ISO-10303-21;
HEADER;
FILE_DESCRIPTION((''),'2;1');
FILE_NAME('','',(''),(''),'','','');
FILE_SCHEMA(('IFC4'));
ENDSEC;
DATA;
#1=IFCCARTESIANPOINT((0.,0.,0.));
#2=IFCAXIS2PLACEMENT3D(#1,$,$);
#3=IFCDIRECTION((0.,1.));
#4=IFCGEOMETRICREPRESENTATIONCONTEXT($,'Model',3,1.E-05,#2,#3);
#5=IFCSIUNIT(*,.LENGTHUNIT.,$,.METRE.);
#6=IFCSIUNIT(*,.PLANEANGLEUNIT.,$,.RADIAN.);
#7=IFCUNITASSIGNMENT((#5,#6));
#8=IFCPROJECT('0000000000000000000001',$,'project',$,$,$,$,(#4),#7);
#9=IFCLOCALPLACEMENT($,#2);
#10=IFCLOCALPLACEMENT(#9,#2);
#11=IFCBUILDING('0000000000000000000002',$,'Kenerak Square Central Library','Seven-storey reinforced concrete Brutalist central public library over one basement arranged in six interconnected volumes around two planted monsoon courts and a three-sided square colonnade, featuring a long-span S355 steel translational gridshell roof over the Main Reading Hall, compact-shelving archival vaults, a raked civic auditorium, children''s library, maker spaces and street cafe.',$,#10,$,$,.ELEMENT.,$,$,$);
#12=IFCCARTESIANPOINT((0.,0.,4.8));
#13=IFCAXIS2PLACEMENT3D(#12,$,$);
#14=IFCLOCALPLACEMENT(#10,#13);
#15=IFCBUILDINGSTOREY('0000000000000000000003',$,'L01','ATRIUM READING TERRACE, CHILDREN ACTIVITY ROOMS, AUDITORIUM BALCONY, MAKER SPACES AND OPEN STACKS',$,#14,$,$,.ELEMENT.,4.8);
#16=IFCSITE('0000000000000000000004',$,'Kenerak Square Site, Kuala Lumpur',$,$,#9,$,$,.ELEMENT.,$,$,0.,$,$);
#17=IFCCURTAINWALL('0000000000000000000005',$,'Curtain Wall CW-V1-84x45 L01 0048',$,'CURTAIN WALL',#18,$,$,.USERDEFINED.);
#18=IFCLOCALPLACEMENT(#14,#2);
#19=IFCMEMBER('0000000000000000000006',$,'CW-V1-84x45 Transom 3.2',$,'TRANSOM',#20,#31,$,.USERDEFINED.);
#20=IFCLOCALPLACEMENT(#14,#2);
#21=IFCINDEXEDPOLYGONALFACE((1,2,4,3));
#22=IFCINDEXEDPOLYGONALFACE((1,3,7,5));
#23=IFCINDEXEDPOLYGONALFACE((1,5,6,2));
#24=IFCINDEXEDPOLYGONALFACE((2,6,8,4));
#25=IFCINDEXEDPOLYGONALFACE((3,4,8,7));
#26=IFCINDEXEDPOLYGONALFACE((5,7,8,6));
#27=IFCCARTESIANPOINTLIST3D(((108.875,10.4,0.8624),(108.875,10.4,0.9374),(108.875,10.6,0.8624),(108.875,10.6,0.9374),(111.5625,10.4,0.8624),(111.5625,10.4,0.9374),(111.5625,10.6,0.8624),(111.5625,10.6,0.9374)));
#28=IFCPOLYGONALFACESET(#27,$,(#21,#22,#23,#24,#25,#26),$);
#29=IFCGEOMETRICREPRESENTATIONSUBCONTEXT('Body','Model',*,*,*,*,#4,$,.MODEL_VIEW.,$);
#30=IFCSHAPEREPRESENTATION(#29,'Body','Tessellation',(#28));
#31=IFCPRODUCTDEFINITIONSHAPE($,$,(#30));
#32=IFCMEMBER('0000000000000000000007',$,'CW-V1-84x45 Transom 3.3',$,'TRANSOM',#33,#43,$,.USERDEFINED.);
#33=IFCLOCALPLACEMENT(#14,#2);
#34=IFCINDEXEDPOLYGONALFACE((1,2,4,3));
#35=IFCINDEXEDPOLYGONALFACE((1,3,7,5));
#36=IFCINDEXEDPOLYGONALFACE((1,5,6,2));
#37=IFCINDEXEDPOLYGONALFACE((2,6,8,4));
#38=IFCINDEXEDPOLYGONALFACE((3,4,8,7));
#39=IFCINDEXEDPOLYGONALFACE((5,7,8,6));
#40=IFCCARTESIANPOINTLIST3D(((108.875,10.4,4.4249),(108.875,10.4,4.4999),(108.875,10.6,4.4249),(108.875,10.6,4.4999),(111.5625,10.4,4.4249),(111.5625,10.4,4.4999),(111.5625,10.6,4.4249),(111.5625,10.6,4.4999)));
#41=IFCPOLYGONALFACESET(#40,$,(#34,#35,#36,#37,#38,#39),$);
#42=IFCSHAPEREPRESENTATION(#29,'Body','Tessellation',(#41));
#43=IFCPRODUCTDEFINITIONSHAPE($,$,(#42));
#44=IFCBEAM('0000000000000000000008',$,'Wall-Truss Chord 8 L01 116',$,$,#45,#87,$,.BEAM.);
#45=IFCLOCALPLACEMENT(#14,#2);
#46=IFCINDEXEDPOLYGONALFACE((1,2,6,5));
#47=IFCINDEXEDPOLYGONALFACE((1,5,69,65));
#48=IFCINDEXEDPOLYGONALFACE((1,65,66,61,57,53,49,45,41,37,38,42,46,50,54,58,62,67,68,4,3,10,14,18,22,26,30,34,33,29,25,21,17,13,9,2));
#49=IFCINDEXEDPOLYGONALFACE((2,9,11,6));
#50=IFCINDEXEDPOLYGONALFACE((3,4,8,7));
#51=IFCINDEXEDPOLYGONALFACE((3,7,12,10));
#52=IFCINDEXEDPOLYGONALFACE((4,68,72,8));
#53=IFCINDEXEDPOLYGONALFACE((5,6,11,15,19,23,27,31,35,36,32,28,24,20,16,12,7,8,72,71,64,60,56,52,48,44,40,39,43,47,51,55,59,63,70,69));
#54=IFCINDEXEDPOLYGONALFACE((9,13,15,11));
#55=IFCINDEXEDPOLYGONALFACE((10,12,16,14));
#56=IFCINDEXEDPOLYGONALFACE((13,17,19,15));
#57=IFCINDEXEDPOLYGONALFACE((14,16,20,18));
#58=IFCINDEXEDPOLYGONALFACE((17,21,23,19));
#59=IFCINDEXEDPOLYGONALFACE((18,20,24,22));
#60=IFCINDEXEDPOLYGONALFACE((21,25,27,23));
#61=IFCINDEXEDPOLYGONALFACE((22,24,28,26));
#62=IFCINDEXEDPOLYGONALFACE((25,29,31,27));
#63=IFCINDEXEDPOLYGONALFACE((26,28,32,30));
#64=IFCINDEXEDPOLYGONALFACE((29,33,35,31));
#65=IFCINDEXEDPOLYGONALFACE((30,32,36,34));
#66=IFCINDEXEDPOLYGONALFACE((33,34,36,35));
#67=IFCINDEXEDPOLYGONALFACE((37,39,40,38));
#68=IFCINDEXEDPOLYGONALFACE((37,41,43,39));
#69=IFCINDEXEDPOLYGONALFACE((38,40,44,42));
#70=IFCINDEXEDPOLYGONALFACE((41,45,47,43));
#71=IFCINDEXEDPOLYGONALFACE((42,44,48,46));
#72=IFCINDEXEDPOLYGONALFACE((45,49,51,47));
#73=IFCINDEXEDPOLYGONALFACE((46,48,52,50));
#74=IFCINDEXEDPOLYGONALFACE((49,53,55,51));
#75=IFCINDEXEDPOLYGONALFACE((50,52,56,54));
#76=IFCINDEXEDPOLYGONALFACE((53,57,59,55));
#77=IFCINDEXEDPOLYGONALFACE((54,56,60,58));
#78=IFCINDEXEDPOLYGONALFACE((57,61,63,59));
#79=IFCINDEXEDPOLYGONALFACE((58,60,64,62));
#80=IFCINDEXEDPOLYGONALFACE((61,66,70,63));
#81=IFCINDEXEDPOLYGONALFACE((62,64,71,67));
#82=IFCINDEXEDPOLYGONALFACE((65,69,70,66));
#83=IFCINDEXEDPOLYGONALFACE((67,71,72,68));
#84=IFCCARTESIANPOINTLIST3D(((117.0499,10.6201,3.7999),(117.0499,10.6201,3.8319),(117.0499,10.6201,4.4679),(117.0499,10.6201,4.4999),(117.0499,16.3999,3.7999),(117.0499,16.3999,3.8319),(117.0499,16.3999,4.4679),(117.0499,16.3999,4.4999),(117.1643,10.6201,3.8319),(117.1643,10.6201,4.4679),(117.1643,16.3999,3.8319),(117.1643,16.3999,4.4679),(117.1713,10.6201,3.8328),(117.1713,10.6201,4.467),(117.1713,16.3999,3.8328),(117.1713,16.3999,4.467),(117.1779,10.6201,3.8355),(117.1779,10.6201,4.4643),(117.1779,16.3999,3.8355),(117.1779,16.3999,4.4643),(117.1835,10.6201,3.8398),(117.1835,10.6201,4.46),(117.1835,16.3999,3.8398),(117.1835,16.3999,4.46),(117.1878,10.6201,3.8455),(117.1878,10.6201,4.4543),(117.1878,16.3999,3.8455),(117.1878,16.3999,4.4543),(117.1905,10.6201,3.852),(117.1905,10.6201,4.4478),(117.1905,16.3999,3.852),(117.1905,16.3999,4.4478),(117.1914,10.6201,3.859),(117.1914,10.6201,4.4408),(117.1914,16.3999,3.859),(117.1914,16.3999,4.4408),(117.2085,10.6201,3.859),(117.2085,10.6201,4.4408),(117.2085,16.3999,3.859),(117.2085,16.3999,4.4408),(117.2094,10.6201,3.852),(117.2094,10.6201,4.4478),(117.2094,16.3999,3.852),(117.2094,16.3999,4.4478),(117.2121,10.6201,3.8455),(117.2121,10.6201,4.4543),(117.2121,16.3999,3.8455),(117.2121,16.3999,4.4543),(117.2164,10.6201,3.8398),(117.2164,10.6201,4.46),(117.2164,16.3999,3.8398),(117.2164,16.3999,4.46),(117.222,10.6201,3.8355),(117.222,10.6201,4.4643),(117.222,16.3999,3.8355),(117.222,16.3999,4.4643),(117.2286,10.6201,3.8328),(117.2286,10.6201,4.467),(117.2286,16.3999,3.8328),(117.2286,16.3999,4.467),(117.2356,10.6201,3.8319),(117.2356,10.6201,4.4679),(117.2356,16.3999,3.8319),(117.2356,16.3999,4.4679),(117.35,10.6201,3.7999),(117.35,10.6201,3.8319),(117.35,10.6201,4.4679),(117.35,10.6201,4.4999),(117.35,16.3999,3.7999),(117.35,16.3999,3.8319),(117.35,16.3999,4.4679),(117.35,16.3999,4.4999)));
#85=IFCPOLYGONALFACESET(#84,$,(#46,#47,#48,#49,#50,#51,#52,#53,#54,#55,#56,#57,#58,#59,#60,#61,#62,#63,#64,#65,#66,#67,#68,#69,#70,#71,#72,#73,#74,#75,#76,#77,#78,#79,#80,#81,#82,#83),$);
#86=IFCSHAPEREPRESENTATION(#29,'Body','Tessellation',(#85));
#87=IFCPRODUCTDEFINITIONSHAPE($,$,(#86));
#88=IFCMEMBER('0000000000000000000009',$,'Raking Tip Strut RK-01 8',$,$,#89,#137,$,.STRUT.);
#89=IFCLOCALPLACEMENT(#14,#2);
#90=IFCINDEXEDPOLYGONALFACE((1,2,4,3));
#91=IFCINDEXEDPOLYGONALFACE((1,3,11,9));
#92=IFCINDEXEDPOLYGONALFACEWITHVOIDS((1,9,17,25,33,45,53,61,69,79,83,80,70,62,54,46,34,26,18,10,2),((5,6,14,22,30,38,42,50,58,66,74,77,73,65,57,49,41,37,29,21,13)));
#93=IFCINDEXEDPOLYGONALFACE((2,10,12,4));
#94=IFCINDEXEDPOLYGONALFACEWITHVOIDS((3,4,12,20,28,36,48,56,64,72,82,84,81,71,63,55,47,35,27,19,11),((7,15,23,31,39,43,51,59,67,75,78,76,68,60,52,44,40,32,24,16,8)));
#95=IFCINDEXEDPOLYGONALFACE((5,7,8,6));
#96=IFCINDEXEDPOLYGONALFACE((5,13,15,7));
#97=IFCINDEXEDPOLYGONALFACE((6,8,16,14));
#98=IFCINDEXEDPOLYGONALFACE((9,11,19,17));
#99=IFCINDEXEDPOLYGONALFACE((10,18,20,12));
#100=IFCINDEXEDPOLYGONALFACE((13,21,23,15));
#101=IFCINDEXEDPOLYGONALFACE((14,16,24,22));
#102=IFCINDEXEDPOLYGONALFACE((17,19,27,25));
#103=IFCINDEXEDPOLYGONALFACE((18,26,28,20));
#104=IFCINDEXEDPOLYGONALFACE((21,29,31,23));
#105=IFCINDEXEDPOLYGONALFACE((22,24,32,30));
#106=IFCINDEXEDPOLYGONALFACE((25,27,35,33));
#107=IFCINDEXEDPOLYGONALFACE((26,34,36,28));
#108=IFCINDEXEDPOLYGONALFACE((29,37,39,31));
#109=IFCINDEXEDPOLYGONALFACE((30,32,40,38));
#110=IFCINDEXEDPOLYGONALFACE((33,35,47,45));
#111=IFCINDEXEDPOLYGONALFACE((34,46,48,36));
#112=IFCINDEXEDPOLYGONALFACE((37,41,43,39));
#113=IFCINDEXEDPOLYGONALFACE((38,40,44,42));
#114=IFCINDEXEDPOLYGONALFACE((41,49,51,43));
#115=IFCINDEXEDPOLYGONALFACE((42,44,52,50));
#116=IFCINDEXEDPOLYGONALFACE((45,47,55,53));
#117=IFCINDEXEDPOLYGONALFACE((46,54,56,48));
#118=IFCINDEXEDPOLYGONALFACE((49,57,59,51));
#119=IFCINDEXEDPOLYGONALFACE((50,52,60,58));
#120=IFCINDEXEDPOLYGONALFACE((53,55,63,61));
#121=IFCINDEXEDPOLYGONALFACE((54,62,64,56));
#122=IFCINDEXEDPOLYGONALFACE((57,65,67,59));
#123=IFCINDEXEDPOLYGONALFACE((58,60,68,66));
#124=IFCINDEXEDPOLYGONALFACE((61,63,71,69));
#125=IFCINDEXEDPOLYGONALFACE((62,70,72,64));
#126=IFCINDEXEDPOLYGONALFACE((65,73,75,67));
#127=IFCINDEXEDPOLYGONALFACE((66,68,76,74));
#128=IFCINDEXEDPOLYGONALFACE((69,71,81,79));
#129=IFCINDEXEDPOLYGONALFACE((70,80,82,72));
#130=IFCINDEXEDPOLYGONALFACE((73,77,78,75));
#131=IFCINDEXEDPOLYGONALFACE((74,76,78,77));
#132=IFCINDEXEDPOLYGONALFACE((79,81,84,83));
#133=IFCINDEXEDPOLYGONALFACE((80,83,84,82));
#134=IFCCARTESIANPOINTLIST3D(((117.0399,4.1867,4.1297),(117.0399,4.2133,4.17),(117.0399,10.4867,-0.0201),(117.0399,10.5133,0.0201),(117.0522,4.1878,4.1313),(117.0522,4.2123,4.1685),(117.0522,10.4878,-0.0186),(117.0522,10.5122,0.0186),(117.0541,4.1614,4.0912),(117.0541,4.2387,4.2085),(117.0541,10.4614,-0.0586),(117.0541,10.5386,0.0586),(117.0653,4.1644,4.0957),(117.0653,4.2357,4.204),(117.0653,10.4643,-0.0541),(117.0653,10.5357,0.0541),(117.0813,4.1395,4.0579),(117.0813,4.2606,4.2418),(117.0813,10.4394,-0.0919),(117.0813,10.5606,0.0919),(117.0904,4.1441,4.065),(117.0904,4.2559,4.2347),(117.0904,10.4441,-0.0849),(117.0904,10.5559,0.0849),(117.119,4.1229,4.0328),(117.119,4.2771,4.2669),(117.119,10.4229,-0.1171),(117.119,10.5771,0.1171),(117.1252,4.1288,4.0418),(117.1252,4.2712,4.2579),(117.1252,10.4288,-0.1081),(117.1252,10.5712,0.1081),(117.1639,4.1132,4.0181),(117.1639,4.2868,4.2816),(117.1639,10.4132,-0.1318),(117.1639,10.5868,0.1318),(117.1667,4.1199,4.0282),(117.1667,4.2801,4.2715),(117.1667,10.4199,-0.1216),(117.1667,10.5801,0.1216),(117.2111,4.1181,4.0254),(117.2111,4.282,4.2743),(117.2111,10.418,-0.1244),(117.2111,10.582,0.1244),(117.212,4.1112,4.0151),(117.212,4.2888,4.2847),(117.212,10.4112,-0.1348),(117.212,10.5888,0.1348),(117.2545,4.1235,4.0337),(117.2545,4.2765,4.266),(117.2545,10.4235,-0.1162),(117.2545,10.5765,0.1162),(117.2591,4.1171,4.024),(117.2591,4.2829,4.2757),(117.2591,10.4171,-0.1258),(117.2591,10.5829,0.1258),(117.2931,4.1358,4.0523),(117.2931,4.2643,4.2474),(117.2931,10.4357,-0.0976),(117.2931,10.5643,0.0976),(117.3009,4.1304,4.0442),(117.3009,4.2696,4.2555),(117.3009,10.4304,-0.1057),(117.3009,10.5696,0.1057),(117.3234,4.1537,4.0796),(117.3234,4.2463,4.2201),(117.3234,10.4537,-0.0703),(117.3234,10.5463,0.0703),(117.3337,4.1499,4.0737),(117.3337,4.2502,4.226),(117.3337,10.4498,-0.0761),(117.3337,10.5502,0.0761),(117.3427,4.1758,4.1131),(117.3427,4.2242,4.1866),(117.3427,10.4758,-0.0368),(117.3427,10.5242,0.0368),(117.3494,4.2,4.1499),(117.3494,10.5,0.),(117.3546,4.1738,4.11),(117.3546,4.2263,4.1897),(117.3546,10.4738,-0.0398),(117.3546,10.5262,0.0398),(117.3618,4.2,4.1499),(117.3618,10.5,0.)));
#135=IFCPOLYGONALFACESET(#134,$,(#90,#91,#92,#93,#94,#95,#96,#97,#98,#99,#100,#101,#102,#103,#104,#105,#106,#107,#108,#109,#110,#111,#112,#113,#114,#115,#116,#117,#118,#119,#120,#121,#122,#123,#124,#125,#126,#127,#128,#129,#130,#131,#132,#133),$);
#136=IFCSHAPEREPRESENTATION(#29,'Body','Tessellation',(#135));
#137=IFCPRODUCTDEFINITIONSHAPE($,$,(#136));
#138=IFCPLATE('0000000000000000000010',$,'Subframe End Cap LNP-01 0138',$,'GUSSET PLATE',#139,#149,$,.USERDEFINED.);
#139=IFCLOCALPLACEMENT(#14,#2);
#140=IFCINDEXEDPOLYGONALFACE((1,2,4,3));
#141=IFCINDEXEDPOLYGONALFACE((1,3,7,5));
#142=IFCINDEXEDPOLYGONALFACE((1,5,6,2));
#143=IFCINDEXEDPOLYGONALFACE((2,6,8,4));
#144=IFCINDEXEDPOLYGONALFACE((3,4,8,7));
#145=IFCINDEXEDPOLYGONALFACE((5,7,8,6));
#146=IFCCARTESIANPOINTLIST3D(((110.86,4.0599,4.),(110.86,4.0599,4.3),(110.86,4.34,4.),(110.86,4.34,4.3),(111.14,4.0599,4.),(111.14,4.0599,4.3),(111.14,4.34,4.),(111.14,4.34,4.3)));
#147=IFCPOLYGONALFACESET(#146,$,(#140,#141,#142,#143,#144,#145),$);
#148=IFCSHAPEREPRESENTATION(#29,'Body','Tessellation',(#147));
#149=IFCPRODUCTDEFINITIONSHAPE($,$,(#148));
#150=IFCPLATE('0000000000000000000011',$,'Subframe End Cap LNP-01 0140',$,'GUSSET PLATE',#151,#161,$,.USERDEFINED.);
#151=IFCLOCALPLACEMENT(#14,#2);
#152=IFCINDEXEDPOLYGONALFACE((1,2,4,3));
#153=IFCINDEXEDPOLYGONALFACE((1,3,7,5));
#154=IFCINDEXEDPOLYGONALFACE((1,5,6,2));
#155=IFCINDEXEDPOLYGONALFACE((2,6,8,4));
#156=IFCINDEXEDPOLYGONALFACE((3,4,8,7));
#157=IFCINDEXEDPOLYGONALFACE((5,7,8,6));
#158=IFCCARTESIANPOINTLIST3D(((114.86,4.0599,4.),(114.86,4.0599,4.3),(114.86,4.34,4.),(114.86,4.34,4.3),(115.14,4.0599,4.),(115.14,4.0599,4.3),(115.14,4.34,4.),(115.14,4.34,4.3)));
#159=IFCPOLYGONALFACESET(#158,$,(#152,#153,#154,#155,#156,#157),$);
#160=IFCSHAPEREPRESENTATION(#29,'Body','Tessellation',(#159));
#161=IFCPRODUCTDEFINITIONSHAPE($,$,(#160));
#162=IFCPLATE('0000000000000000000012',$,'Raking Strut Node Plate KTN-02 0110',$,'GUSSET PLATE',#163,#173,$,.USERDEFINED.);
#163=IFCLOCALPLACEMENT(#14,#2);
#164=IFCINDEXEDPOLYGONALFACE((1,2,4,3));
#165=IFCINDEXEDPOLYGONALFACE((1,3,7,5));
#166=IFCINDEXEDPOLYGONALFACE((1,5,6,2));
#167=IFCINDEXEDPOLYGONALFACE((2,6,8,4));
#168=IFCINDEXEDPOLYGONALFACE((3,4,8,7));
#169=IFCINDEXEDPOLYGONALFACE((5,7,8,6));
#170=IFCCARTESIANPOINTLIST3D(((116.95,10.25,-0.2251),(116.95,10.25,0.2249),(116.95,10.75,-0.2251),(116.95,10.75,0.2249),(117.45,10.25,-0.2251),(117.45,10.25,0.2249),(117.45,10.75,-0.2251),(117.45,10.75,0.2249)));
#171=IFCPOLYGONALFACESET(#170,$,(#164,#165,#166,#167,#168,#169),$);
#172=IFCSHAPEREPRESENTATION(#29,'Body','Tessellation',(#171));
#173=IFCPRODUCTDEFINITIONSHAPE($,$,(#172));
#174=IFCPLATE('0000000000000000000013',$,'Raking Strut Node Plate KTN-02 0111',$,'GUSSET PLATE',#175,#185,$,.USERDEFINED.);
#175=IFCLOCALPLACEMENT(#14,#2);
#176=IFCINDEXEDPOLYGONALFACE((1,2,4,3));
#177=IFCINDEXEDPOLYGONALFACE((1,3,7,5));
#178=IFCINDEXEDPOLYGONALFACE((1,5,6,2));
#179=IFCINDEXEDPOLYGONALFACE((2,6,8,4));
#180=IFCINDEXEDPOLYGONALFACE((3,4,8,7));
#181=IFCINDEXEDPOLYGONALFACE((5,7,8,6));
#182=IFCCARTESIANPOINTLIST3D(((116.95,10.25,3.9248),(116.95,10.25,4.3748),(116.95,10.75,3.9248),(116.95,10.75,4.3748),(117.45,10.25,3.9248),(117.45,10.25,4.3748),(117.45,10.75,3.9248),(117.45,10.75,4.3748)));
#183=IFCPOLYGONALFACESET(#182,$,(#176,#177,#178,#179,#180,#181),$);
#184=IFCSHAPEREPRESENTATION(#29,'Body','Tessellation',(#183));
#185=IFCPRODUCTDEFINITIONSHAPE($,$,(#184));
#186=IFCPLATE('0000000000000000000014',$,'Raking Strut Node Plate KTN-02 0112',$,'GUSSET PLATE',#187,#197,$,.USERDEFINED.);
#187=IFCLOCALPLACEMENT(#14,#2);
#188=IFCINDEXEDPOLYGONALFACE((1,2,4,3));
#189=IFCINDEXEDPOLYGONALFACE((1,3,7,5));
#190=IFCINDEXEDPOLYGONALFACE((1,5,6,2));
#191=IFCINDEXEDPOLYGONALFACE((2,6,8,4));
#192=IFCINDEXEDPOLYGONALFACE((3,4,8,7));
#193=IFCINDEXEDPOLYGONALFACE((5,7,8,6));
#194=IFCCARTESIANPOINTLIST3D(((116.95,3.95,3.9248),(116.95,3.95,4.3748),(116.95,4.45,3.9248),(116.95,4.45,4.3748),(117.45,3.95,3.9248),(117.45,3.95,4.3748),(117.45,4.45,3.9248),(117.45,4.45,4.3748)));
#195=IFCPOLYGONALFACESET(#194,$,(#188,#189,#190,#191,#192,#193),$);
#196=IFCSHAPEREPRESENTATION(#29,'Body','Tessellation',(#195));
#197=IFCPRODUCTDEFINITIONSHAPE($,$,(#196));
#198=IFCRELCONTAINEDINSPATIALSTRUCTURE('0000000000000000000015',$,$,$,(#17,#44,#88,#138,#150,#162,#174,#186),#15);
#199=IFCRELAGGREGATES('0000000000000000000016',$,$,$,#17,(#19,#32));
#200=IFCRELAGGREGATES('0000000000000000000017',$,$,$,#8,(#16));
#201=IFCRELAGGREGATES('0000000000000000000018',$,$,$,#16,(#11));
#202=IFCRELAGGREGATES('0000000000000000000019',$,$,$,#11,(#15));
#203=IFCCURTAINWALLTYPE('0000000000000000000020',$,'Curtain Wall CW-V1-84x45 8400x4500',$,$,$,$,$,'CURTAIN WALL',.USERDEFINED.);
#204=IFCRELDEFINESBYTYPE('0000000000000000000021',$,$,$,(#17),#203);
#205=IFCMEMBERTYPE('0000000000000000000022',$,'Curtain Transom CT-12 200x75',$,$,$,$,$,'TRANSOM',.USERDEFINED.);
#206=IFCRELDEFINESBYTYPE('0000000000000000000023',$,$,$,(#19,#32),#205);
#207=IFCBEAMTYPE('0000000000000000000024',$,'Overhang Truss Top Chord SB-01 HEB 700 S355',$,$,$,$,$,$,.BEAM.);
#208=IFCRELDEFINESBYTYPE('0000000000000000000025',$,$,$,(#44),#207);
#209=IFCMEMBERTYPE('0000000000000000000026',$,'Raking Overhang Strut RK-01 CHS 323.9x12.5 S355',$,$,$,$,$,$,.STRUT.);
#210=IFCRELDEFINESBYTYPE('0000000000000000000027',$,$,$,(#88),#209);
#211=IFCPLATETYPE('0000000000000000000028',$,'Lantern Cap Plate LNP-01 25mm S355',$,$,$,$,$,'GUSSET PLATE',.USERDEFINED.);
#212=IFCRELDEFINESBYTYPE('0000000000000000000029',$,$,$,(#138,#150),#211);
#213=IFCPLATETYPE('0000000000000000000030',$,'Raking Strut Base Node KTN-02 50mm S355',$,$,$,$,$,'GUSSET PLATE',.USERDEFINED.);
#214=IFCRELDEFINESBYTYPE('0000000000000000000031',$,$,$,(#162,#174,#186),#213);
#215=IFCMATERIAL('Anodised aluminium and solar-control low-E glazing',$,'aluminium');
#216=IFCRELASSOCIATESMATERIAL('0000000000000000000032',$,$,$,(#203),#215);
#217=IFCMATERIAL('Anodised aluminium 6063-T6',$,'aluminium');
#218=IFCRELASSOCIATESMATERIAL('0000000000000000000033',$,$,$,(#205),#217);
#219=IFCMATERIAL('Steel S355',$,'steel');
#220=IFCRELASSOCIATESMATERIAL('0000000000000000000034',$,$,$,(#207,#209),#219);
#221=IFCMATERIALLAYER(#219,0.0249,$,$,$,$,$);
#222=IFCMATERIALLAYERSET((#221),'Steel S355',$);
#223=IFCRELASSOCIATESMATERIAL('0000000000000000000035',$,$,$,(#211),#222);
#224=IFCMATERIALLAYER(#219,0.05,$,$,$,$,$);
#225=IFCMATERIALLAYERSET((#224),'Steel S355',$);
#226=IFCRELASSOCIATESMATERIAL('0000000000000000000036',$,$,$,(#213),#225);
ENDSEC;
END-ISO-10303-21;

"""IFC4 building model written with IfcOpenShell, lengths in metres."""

from ifc_helpers import new_model, si_unit, direction, frame, origin, origin_2d, place, context, subcontext, project, spatial, rectangle, hollow_circle, i_section, extrude, material, layer, layer_set, material_profile, profile_set, type_object, element, aggregate, save


model = new_model("IFC4")

# Units and contexts
model_context = context("Model", 3, precision=1e-05, world=origin(), true_north=direction((0.0, 1.0)))
body_context = subcontext(model_context, "Body", "Model", "MODEL_VIEW")
ifc_project = project(units=[si_unit("LENGTHUNIT", "METRE"), si_unit("PLANEANGLEUNIT", "RADIAN")], contexts=[model_context])

# Site, building, storey
site_placement = place(None, origin())
site = spatial("IfcSite", under=ifc_project, at=site_placement, Name="Kenerak Square Site, Kuala Lumpur", CompositionType="ELEMENT", RefElevation=0.0)
building_placement = place(site_placement, origin())
building = spatial("IfcBuilding", under=site, at=building_placement, Name="Kenerak Square Central Library", Description="Seven-storey reinforced concrete Brutalist central public library over one basement arranged in six interconnected volumes around two planted monsoon courts and a three-sided square colonnade, featuring a long-span S355 steel translational gridshell roof over the Main Reading Hall, compact-shelving archival vaults, a raked civic auditorium, children's library, maker spaces and street cafe.", CompositionType="ELEMENT")
storey_placement = place(building_placement, frame((0.0, 0.0, 4.8)))
storey = spatial("IfcBuildingStorey", under=building, at=storey_placement, Name="L01", Description="ATRIUM READING TERRACE, CHILDREN ACTIVITY ROOMS, AUDITORIUM BALCONY, MAKER SPACES AND OPEN STACKS", CompositionType="ELEMENT", Elevation=4.8)

# Shared definitions
ifc_material_1 = material(Name="Anodised aluminium and solar-control low-E glazing", Category="aluminium")
ifc_material_2 = material(Name="Anodised aluminium 6063-T6", Category="aluminium")

# Curtain wall, members
curtain_wall_type_1 = type_object("IfcCurtainWallType", Name="Curtain Wall CW-V1-84x45 8400x4500", ElementType="CURTAIN WALL", PredefinedType="USERDEFINED", material=ifc_material_1)
curtain_wall_1_placement = place(storey_placement, origin())
curtain_wall_1 = element("IfcCurtainWall", 1, at=curtain_wall_1_placement, inside=storey, type_object=curtain_wall_type_1, Name="Curtain Wall CW-V1-84x45 L01 0048", ObjectType="CURTAIN WALL", PredefinedType="USERDEFINED")
ifc_material_profile_1 = material_profile(ifc_material_2, rectangle(XDim=0.2, YDim=0.075, at=origin_2d()), Name="AL TRANSOM 200x75")
ifc_profile_set_1 = profile_set([ifc_material_profile_1], Name="Anodised aluminium 6063-T6")
member_type_1 = type_object("IfcMemberType", Name="Curtain Transom CT-12 200x75", ElementType="TRANSOM", PredefinedType="USERDEFINED", material=ifc_profile_set_1)
member_1_placement = place(storey_placement, frame((111.5625, 10.5, 0.8999), z_axis=(-1.0, 0.0, 0.0), x_axis=(0.0, -1.0, 0.0)))
member_1 = element("IfcMember", 2, at=member_1_placement, type_object=member_type_1, Name="CW-V1-84x45 Transom 3.2", ObjectType="TRANSOM", PredefinedType="USERDEFINED", context=body_context, shape_type="SweptSolid", body=[
    extrude(rectangle(XDim=0.2, YDim=0.075, at=origin_2d()), origin(), (0.0, 0.0, 1.0), 2.6875),
])
member_2_placement = place(storey_placement, frame((111.5625, 10.5, 4.4624), z_axis=(-1.0, 0.0, 0.0), x_axis=(0.0, -1.0, 0.0)))
member_2 = element("IfcMember", 3, at=member_2_placement, type_object=member_type_1, Name="CW-V1-84x45 Transom 3.3", ObjectType="TRANSOM", PredefinedType="USERDEFINED", context=body_context, shape_type="SweptSolid", body=[
    extrude(rectangle(XDim=0.2, YDim=0.075, at=origin_2d()), origin(), (0.0, 0.0, 1.0), 2.6875),
])

# Beam
ifc_material_3 = material(Name="Steel S355", Category="steel")
ifc_material_profile_2 = material_profile(ifc_material_3, i_section(OverallWidth=0.3, OverallDepth=0.7, WebThickness=0.0171, FlangeThickness=0.032, FilletRadius=0.0271, at=origin_2d()), Name="HEB 700")
ifc_profile_set_2 = profile_set([ifc_material_profile_2], Name="Steel S355")
beam_type = type_object("IfcBeamType", Name="Overhang Truss Top Chord SB-01 HEB 700 S355", PredefinedType="BEAM", material=ifc_profile_set_2)
beam_placement = place(storey_placement, frame((117.2, 10.6201, 4.1499), z_axis=(0.0, 1.0, 0.0), x_axis=(-1.0, 0.0, 0.0)))
element("IfcBeam", 4, at=beam_placement, inside=storey, type_object=beam_type, Name="Wall-Truss Chord 8 L01 116", PredefinedType="BEAM", context=body_context, shape_type="SweptSolid", body=[
    extrude(i_section(OverallWidth=0.3, OverallDepth=0.7, WebThickness=0.0171, FlangeThickness=0.032, FilletRadius=0.0271, at=origin_2d()), origin(), (0.0, 0.0, 1.0), 5.7798),
])

# Member
ifc_material_profile_3 = material_profile(ifc_material_3, hollow_circle(Radius=0.1619, WallThickness=0.0125, at=origin_2d()), Name="CHS 323.9x12.5")
ifc_profile_set_3 = profile_set([ifc_material_profile_3], Name="Steel S355")
member_type_2 = type_object("IfcMemberType", Name="Raking Overhang Strut RK-01 CHS 323.9x12.5 S355", PredefinedType="STRUT", material=ifc_profile_set_3)
member_3_placement = place(storey_placement, frame((117.2, 10.5, 0.0), z_axis=(0.0, -0.835105, 0.550091), x_axis=(1.0, 0.0, 0.0)))
element("IfcMember", 5, at=member_3_placement, inside=storey, type_object=member_type_2, Name="Raking Tip Strut RK-01 8", PredefinedType="STRUT", context=body_context, shape_type="SweptSolid", body=[
    extrude(hollow_circle(Radius=0.1619, WallThickness=0.0125, at=origin_2d()), origin(), (0.0, 0.0, 1.0), 7.5439),
])

# Plates
ifc_layer_1 = layer(ifc_material_3, 0.0249)
ifc_layer_set_1 = layer_set([ifc_layer_1], Name="Steel S355")
plate_type_1 = type_object("IfcPlateType", Name="Lantern Cap Plate LNP-01 25mm S355", ElementType="GUSSET PLATE", PredefinedType="USERDEFINED", material=ifc_layer_set_1)
for number, where, z_axis, x_axis, name in (
    (6, (111.0, 4.2, 4.0), (0.0, 0.0, 1.0), (1.0, 0.0, 0.0), "Subframe End Cap LNP-01 0138"),
    (7, (115.0, 4.2, 4.0), (0.0, 0.0, 1.0), (1.0, 0.0, 0.0), "Subframe End Cap LNP-01 0140"),
):
    element("IfcPlate", number, at=place(storey_placement, frame(where, z_axis=z_axis, x_axis=x_axis)), inside=storey, type_object=plate_type_1, Name=name, ObjectType="GUSSET PLATE", PredefinedType="USERDEFINED", context=body_context, shape_type="SweptSolid", body=[
        extrude(rectangle(XDim=0.28, YDim=0.28, at=origin_2d()), origin(), (0.0, 0.0, 1.0), 0.3),
    ])
ifc_layer_2 = layer(ifc_material_3, 0.05)
ifc_layer_set_2 = layer_set([ifc_layer_2], Name="Steel S355")
plate_type_2 = type_object("IfcPlateType", Name="Raking Strut Base Node KTN-02 50mm S355", ElementType="GUSSET PLATE", PredefinedType="USERDEFINED", material=ifc_layer_set_2)
for number, where, z_axis, x_axis, name in (
    (8, (117.2, 10.5, -0.2251), (0.0, 0.0, 1.0), (1.0, 0.0, 0.0), "Raking Strut Node Plate KTN-02 0110"),
    (9, (117.2, 10.5, 3.9248), (0.0, 0.0, 1.0), (1.0, 0.0, 0.0), "Raking Strut Node Plate KTN-02 0111"),
    (10, (117.2, 4.2, 3.9248), (0.0, 0.0, 1.0), (1.0, 0.0, 0.0), "Raking Strut Node Plate KTN-02 0112"),
):
    element("IfcPlate", number, at=place(storey_placement, frame(where, z_axis=z_axis, x_axis=x_axis)), inside=storey, type_object=plate_type_2, Name=name, ObjectType="GUSSET PLATE", PredefinedType="USERDEFINED", context=body_context, shape_type="SweptSolid", body=[
        extrude(rectangle(XDim=0.5, YDim=0.5, at=origin_2d()), origin(), (0.0, 0.0, 1.0), 0.45),
    ])

aggregate(curtain_wall_1, [member_1, member_2])

save(model, "model.ifc")
